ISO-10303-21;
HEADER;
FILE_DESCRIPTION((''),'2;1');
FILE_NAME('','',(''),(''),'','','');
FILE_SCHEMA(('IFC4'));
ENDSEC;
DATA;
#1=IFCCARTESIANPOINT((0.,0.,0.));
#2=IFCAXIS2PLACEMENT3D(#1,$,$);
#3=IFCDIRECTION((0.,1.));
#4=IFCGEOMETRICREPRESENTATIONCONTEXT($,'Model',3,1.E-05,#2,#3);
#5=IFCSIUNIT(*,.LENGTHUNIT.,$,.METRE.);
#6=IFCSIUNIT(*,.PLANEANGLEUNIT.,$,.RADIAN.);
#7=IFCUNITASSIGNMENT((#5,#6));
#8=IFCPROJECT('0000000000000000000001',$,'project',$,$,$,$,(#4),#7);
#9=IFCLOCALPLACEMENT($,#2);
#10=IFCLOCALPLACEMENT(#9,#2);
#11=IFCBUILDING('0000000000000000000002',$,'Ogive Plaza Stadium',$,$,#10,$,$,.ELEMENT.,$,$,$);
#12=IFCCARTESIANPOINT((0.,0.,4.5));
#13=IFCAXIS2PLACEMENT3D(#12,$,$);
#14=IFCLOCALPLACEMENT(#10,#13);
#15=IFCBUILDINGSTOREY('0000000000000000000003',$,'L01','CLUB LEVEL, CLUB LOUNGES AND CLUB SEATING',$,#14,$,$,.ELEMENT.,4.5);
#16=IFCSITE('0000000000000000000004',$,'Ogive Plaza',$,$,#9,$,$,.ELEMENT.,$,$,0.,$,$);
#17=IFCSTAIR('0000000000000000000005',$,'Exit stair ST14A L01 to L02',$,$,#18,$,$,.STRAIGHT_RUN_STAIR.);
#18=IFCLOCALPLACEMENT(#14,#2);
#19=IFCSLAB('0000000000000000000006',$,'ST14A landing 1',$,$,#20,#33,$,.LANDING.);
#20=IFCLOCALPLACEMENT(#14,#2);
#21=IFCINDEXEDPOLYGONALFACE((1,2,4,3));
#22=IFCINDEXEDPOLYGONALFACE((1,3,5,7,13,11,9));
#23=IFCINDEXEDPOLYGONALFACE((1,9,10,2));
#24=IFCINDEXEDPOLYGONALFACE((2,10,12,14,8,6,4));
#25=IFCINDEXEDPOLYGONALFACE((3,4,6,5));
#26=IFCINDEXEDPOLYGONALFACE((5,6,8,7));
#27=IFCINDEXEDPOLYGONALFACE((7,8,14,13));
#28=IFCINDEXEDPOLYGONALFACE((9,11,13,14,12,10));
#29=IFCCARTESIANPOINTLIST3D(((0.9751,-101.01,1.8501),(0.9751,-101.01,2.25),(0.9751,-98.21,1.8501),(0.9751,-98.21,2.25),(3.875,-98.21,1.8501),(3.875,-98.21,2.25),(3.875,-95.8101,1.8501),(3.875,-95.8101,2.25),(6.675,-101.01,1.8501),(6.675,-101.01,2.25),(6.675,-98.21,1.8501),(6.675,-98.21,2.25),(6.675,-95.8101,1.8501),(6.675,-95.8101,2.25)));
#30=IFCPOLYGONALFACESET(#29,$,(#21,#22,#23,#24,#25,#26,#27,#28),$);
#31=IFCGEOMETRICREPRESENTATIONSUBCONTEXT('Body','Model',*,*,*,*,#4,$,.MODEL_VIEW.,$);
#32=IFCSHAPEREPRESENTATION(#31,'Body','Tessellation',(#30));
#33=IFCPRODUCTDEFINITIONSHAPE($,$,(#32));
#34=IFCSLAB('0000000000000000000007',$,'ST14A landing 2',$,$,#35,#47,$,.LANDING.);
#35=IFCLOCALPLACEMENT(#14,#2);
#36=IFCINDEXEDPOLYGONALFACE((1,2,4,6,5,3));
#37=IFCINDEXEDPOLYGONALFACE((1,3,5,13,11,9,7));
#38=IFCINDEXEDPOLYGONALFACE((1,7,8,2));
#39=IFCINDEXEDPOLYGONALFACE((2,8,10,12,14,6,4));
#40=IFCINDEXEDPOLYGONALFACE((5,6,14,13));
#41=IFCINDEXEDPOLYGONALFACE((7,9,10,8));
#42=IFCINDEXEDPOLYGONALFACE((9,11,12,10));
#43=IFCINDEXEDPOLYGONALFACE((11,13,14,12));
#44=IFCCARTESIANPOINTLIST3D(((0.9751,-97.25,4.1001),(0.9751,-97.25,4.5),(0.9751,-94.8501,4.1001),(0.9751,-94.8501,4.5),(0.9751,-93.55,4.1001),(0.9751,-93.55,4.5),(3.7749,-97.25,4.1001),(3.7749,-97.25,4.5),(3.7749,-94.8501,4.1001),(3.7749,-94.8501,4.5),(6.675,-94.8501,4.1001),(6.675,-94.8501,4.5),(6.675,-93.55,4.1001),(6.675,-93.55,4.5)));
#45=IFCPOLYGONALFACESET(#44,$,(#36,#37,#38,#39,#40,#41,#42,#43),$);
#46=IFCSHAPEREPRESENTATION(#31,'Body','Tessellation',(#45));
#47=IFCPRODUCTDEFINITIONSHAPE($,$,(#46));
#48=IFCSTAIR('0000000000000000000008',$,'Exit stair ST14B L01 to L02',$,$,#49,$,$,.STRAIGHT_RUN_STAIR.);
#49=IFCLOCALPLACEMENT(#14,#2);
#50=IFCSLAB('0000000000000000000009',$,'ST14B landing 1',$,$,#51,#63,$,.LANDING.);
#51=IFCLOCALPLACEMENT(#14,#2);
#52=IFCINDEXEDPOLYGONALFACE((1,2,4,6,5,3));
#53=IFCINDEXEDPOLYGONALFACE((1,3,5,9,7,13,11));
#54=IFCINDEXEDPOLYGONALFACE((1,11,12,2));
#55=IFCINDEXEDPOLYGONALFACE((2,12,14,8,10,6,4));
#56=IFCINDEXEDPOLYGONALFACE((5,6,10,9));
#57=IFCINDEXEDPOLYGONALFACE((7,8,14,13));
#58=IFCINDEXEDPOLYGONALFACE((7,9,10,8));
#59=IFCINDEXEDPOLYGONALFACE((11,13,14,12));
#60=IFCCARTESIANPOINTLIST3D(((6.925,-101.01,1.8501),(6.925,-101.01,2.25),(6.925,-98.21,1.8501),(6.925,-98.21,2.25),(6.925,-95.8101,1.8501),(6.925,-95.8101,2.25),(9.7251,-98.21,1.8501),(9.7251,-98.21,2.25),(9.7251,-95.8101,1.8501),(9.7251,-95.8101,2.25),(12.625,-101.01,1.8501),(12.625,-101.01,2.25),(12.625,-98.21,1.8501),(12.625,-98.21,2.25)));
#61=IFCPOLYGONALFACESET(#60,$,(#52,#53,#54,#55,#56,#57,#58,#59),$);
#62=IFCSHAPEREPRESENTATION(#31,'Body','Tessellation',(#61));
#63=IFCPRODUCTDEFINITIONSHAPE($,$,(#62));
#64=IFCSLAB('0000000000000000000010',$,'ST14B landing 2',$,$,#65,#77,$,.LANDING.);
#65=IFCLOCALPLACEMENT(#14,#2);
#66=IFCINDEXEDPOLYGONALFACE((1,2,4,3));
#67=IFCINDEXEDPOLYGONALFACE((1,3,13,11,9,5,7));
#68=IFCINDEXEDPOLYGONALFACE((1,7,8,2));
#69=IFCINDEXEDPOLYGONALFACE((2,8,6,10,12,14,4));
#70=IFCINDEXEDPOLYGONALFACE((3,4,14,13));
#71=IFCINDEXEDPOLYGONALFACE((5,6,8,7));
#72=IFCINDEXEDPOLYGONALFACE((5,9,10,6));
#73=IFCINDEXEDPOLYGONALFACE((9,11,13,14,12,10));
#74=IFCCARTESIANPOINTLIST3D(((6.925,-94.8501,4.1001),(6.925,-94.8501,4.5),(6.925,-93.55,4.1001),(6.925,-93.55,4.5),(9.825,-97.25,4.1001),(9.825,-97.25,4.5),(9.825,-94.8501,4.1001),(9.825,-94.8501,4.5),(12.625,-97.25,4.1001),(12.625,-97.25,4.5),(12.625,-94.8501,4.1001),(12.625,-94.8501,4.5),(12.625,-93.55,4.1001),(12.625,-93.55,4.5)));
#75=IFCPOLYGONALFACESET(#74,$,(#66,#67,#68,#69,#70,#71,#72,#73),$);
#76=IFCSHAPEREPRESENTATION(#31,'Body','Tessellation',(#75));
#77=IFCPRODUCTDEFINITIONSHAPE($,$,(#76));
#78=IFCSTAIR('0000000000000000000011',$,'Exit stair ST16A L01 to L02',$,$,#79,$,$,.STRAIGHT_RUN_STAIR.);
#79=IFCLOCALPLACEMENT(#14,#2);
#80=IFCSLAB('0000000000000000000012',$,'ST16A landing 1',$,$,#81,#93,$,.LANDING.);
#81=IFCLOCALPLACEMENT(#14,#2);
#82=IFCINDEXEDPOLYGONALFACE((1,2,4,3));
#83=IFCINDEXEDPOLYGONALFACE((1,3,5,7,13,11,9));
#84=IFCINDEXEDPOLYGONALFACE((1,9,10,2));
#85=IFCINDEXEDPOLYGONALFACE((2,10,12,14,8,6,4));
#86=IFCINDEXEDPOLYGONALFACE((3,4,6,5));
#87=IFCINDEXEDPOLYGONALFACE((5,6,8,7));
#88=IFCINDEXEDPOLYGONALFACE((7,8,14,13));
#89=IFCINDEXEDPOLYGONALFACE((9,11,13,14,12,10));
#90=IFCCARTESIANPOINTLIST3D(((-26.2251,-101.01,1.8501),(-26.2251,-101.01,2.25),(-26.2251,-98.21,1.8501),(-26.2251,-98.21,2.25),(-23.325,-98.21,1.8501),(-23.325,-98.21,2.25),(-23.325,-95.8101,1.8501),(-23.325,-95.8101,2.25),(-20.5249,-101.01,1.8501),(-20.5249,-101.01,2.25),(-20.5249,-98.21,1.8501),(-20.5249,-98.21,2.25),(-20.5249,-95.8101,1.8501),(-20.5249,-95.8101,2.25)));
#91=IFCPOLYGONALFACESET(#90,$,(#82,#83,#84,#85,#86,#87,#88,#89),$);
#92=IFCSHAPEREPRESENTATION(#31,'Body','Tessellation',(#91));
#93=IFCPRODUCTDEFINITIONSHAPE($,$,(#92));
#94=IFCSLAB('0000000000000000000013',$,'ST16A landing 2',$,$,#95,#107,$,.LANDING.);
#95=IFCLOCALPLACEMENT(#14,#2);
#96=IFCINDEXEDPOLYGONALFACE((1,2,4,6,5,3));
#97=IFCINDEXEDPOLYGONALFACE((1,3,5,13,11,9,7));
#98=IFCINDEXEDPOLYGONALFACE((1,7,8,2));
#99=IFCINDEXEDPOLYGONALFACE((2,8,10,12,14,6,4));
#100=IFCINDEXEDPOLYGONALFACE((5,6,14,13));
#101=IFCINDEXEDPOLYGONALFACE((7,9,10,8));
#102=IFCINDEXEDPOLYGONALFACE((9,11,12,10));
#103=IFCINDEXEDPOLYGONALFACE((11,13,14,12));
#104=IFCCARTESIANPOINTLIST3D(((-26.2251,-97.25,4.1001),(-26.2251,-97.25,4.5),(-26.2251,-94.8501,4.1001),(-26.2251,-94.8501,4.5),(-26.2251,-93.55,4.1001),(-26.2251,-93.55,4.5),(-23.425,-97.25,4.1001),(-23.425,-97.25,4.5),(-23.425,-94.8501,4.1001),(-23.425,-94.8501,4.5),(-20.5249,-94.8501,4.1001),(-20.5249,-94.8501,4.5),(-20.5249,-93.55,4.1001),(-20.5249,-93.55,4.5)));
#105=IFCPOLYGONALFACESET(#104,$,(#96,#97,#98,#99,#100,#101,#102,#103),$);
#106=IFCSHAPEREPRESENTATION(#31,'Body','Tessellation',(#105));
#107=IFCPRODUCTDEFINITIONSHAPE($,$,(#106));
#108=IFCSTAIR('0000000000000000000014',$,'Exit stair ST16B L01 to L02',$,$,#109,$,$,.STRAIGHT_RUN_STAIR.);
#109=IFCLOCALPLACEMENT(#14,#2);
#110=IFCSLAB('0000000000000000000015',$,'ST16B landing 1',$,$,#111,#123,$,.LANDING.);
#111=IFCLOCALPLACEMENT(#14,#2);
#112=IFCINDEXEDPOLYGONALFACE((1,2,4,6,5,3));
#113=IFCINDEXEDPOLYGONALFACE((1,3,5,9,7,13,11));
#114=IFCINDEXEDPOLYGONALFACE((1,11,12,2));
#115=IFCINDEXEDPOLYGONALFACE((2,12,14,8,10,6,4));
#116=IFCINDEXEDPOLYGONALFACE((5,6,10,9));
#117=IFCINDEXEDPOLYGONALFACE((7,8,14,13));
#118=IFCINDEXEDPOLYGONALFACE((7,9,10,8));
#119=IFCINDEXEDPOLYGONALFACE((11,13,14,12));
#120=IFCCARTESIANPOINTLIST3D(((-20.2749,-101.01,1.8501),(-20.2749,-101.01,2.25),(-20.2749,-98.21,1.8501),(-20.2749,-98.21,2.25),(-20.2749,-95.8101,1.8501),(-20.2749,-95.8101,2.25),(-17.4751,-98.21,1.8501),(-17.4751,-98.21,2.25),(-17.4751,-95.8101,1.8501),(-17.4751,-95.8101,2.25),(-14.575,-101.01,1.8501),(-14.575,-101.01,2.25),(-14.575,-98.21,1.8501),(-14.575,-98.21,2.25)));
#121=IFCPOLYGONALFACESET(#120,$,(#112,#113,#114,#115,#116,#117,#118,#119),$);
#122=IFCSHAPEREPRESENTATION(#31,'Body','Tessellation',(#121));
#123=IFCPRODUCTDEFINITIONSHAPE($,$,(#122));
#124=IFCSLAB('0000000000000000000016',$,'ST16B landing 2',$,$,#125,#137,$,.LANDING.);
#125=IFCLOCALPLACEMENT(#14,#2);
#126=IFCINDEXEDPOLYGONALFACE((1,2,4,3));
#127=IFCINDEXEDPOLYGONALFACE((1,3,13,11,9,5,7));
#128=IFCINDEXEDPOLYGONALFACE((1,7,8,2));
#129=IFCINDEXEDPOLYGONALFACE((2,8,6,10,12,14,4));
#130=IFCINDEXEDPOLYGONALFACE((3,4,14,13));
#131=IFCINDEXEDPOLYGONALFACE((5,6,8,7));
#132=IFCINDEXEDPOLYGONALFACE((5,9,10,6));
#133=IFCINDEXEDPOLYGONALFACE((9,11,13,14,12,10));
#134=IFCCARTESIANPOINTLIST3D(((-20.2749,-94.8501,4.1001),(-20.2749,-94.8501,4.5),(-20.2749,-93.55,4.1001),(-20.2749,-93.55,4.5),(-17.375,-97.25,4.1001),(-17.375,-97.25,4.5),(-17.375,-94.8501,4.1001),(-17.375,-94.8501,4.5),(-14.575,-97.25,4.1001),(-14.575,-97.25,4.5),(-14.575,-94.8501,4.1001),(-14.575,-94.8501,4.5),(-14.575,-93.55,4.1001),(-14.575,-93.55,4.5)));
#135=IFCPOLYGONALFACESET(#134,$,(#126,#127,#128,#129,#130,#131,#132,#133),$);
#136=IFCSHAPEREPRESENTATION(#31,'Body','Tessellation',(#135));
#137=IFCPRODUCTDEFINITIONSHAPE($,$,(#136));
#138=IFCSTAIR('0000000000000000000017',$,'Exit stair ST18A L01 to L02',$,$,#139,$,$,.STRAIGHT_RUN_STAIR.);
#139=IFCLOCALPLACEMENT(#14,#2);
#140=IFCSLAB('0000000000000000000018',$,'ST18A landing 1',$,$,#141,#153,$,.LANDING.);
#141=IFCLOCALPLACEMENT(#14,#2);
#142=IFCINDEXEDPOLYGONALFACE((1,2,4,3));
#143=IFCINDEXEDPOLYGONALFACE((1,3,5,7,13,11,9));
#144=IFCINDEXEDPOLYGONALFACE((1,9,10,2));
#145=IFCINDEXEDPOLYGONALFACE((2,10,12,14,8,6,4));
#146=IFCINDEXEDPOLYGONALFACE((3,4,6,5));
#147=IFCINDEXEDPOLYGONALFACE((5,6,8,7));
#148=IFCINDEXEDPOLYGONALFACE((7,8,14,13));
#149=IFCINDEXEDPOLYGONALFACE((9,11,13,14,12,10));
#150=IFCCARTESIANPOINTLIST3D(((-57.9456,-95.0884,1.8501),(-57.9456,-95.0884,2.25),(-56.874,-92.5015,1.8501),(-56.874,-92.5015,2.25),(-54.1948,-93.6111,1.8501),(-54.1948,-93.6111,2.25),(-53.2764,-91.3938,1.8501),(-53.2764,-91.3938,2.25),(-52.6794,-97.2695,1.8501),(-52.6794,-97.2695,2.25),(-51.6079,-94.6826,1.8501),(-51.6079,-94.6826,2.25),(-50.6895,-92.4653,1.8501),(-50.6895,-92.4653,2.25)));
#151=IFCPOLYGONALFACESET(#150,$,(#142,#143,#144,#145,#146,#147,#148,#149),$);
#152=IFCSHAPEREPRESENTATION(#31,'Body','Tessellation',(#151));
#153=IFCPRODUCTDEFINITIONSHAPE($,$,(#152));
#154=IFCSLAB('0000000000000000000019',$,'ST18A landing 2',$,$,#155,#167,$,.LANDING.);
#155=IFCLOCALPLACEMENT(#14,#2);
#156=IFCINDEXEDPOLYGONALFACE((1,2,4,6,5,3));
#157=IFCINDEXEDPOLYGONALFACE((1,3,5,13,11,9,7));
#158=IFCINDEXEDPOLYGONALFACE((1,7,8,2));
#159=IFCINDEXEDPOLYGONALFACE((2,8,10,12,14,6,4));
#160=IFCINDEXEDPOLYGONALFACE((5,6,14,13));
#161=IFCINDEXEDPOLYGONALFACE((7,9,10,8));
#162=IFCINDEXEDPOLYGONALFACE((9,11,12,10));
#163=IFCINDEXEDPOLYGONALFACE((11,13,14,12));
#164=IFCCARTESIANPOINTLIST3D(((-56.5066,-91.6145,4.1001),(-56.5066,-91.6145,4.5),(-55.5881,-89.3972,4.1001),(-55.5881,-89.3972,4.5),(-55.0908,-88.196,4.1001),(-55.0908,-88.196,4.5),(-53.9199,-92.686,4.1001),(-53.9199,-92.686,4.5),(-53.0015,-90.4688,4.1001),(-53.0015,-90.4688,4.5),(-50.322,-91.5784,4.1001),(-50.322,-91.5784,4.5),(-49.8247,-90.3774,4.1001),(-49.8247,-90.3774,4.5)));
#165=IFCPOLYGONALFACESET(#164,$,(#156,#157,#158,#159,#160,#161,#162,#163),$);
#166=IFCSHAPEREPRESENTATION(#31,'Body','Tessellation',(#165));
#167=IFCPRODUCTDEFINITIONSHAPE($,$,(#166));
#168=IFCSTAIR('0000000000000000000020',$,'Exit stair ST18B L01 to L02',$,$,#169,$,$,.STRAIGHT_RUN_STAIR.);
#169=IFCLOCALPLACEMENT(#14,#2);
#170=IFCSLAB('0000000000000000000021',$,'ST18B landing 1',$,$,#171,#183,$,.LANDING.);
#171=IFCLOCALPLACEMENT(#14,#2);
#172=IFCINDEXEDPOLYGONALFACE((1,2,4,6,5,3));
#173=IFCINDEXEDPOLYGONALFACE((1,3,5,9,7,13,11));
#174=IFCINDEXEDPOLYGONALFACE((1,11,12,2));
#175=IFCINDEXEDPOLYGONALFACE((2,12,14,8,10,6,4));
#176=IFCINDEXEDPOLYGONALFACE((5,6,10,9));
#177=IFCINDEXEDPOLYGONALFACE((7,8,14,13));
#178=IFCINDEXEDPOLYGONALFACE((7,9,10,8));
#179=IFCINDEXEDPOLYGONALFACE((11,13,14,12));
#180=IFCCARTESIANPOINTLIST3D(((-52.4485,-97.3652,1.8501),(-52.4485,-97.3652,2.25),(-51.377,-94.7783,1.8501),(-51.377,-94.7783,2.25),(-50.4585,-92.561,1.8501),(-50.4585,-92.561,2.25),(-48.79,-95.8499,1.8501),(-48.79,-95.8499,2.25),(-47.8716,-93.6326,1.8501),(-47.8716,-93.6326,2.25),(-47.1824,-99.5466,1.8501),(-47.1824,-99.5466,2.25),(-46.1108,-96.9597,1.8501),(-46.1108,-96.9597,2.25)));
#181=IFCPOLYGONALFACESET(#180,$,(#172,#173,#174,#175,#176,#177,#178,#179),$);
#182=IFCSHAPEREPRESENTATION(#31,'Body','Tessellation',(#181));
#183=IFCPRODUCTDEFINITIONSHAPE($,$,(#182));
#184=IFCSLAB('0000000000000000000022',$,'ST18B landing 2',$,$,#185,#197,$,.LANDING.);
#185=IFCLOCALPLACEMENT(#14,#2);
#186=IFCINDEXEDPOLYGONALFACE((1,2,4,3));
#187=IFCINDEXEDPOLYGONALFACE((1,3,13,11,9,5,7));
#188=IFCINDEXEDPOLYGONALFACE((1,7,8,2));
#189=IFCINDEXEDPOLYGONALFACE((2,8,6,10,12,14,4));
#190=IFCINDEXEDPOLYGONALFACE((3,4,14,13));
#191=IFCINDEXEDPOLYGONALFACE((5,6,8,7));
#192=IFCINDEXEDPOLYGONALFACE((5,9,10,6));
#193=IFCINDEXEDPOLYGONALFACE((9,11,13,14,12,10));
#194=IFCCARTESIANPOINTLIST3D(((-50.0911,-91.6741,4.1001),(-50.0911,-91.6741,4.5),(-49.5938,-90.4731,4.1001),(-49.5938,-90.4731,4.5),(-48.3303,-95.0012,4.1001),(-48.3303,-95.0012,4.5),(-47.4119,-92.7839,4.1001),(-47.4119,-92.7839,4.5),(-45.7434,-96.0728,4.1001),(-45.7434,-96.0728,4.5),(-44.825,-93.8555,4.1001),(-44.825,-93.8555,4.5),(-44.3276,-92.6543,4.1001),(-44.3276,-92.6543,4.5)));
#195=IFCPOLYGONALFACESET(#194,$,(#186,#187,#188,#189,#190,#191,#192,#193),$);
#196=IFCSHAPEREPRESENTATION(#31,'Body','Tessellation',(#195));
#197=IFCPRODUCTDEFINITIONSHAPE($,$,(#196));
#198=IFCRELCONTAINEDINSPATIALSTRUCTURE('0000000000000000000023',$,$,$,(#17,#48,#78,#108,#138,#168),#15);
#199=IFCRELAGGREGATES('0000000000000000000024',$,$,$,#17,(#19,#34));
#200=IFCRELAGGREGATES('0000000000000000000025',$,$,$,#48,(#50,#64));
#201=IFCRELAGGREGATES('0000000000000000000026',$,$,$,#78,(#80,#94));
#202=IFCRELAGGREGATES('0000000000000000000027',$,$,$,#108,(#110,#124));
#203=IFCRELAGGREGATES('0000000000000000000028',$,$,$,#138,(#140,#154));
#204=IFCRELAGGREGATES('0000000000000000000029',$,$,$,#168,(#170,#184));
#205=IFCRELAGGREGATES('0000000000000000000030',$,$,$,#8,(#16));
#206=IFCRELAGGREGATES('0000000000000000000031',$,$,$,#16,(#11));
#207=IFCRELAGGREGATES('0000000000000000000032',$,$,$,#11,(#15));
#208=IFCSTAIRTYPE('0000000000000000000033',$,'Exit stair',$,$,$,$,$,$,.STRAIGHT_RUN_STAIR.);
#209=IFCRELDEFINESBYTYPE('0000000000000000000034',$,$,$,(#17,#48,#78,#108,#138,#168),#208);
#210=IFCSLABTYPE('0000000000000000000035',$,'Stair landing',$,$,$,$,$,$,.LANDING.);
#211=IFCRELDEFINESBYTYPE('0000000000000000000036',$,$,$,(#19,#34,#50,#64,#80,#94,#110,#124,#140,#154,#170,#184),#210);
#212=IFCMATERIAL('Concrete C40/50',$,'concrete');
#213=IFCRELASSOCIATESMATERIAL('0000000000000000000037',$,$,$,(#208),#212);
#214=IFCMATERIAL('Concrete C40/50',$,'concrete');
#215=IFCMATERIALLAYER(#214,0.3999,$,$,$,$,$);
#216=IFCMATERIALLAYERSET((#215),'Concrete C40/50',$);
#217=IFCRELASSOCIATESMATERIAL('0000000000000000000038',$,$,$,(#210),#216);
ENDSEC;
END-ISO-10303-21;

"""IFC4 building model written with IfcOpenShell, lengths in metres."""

from ifc_helpers import new_model, si_unit, direction, frame, origin, place, context, subcontext, project, spatial, polyline, outline, extrude, material, layer, layer_set, type_object, element, aggregate, save


model = new_model("IFC4")

# Units and contexts
model_context = context("Model", 3, precision=1e-05, world=origin(), true_north=direction((0.0, 1.0)))
body_context = subcontext(model_context, "Body", "Model", "MODEL_VIEW")
ifc_project = project(units=[si_unit("LENGTHUNIT", "METRE"), si_unit("PLANEANGLEUNIT", "RADIAN")], contexts=[model_context])

# Site, building, storey
site_placement = place(None, origin())
site = spatial("IfcSite", under=ifc_project, at=site_placement, Name="Ogive Plaza", CompositionType="ELEMENT", RefElevation=0.0)
building_placement = place(site_placement, origin())
building = spatial("IfcBuilding", under=site, at=building_placement, Name="Ogive Plaza Stadium", CompositionType="ELEMENT")
storey_placement = place(building_placement, frame((0.0, 0.0, 4.5)))
storey = spatial("IfcBuildingStorey", under=building, at=storey_placement, Name="L01", Description="CLUB LEVEL, CLUB LOUNGES AND CLUB SEATING", CompositionType="ELEMENT", Elevation=4.5)

# Stairs, slabs
ifc_material_1 = material(Name="Concrete C40/50", Category="concrete")
stair_type = type_object("IfcStairType", Name="Exit stair", PredefinedType="STRAIGHT_RUN_STAIR", material=ifc_material_1)
ifc_material_2 = material(Name="Concrete C40/50", Category="concrete")
ifc_layer = layer(ifc_material_2, 0.3999)
ifc_layer_set = layer_set([ifc_layer], Name="Concrete C40/50")
slab_type = type_object("IfcSlabType", Name="Stair landing", PredefinedType="LANDING", material=ifc_layer_set)
stair_1_placement = place(storey_placement, origin())
stair_1 = element("IfcStair", 1, at=stair_1_placement, inside=storey, type_object=stair_type, Name="Exit stair ST14A L01 to L02", PredefinedType="STRAIGHT_RUN_STAIR")
slab_1_placement = place(storey_placement, frame((0.0, 0.0, 1.8501)))
slab_1 = element("IfcSlab", 2, at=slab_1_placement, type_object=slab_type, Name="ST14A landing 1", PredefinedType="LANDING", context=body_context, shape_type="SweptSolid", body=[
    extrude(outline(polyline([(6.675, -101.01), (0.9751, -101.01), (0.9751, -98.21), (3.875, -98.21), (3.875, -95.8101), (6.675, -95.8101), (6.675, -98.21), (6.675, -101.01)])), origin(), (0.0, 0.0, 1.0), 0.3999),
])
slab_2_placement = place(storey_placement, frame((0.0, 0.0, 4.1001)))
slab_2 = element("IfcSlab", 3, at=slab_2_placement, type_object=slab_type, Name="ST14A landing 2", PredefinedType="LANDING", context=body_context, shape_type="SweptSolid", body=[
    extrude(outline(polyline([(3.7749, -97.25), (0.9751, -97.25), (0.9751, -94.8501), (0.9751, -93.55), (6.675, -93.55), (6.675, -94.8501), (3.7749, -94.8501), (3.7749, -97.25)])), origin(), (0.0, 0.0, 1.0), 0.3999),
])
aggregate(stair_1, [slab_1, slab_2])
stair_2_placement = place(storey_placement, origin())
stair_2 = element("IfcStair", 4, at=stair_2_placement, inside=storey, type_object=stair_type, Name="Exit stair ST14B L01 to L02", PredefinedType="STRAIGHT_RUN_STAIR")
slab_3_placement = place(storey_placement, frame((0.0, 0.0, 1.8501)))
slab_3 = element("IfcSlab", 5, at=slab_3_placement, type_object=slab_type, Name="ST14B landing 1", PredefinedType="LANDING", context=body_context, shape_type="SweptSolid", body=[
    extrude(outline(polyline([(6.925, -95.8101), (9.7251, -95.8101), (9.7251, -98.21), (12.625, -98.21), (12.625, -101.01), (6.925, -101.01), (6.925, -98.21), (6.925, -95.8101)])), origin(), (0.0, 0.0, 1.0), 0.3999),
])
slab_4_placement = place(storey_placement, frame((0.0, 0.0, 4.1001)))
slab_4 = element("IfcSlab", 6, at=slab_4_placement, type_object=slab_type, Name="ST14B landing 2", PredefinedType="LANDING", context=body_context, shape_type="SweptSolid", body=[
    extrude(outline(polyline([(6.925, -94.8501), (6.925, -93.55), (12.625, -93.55), (12.625, -94.8501), (12.625, -97.25), (9.825, -97.25), (9.825, -94.8501), (6.925, -94.8501)])), origin(), (0.0, 0.0, 1.0), 0.3999),
])
aggregate(stair_2, [slab_3, slab_4])
stair_3_placement = place(storey_placement, origin())
stair_3 = element("IfcStair", 7, at=stair_3_placement, inside=storey, type_object=stair_type, Name="Exit stair ST16A L01 to L02", PredefinedType="STRAIGHT_RUN_STAIR")
slab_5_placement = place(storey_placement, frame((0.0, 0.0, 1.8501)))
slab_5 = element("IfcSlab", 8, at=slab_5_placement, type_object=slab_type, Name="ST16A landing 1", PredefinedType="LANDING", context=body_context, shape_type="SweptSolid", body=[
    extrude(outline(polyline([(-20.5249, -101.01), (-26.2251, -101.01), (-26.2251, -98.21), (-23.325, -98.21), (-23.325, -95.8101), (-20.5249, -95.8101), (-20.5249, -98.21), (-20.5249, -101.01)])), origin(), (0.0, 0.0, 1.0), 0.3999),
])
slab_6_placement = place(storey_placement, frame((0.0, 0.0, 4.1001)))
slab_6 = element("IfcSlab", 9, at=slab_6_placement, type_object=slab_type, Name="ST16A landing 2", PredefinedType="LANDING", context=body_context, shape_type="SweptSolid", body=[
    extrude(outline(polyline([(-23.425, -97.25), (-26.2251, -97.25), (-26.2251, -94.8501), (-26.2251, -93.55), (-20.5249, -93.55), (-20.5249, -94.8501), (-23.425, -94.8501), (-23.425, -97.25)])), origin(), (0.0, 0.0, 1.0), 0.3999),
])
aggregate(stair_3, [slab_5, slab_6])
stair_4_placement = place(storey_placement, origin())
stair_4 = element("IfcStair", 10, at=stair_4_placement, inside=storey, type_object=stair_type, Name="Exit stair ST16B L01 to L02", PredefinedType="STRAIGHT_RUN_STAIR")
slab_7_placement = place(storey_placement, frame((0.0, 0.0, 1.8501)))
slab_7 = element("IfcSlab", 11, at=slab_7_placement, type_object=slab_type, Name="ST16B landing 1", PredefinedType="LANDING", context=body_context, shape_type="SweptSolid", body=[
    extrude(outline(polyline([(-20.2749, -95.8101), (-17.4751, -95.8101), (-17.4751, -98.21), (-14.575, -98.21), (-14.575, -101.01), (-20.2749, -101.01), (-20.2749, -98.21), (-20.2749, -95.8101)])), origin(), (0.0, 0.0, 1.0), 0.3999),
])
slab_8_placement = place(storey_placement, frame((0.0, 0.0, 4.1001)))
slab_8 = element("IfcSlab", 12, at=slab_8_placement, type_object=slab_type, Name="ST16B landing 2", PredefinedType="LANDING", context=body_context, shape_type="SweptSolid", body=[
    extrude(outline(polyline([(-20.2749, -94.8501), (-20.2749, -93.55), (-14.575, -93.55), (-14.575, -94.8501), (-14.575, -97.25), (-17.375, -97.25), (-17.375, -94.8501), (-20.2749, -94.8501)])), origin(), (0.0, 0.0, 1.0), 0.3999),
])
aggregate(stair_4, [slab_7, slab_8])
stair_5_placement = place(storey_placement, origin())
stair_5 = element("IfcStair", 13, at=stair_5_placement, inside=storey, type_object=stair_type, Name="Exit stair ST18A L01 to L02", PredefinedType="STRAIGHT_RUN_STAIR")
slab_9_placement = place(storey_placement, frame((0.0, 0.0, 1.8501)))
slab_9 = element("IfcSlab", 14, at=slab_9_placement, type_object=slab_type, Name="ST18A landing 1", PredefinedType="LANDING", context=body_context, shape_type="SweptSolid", body=[
    extrude(outline(polyline([(-52.6794, -97.2695), (-57.9456, -95.0884), (-56.874, -92.5015), (-54.1948, -93.6111), (-53.2764, -91.3938), (-50.6895, -92.4653), (-51.6079, -94.6826), (-52.6794, -97.2695)])), origin(), (0.0, 0.0, 1.0), 0.3999),
])
slab_10_placement = place(storey_placement, frame((0.0, 0.0, 4.1001)))
slab_10 = element("IfcSlab", 15, at=slab_10_placement, type_object=slab_type, Name="ST18A landing 2", PredefinedType="LANDING", context=body_context, shape_type="SweptSolid", body=[
    extrude(outline(polyline([(-53.9199, -92.686), (-56.5066, -91.6145), (-55.5881, -89.3972), (-55.0908, -88.196), (-49.8247, -90.3774), (-50.322, -91.5784), (-53.0015, -90.4688), (-53.9199, -92.686)])), origin(), (0.0, 0.0, 1.0), 0.3999),
])
aggregate(stair_5, [slab_9, slab_10])
stair_6_placement = place(storey_placement, origin())
stair_6 = element("IfcStair", 16, at=stair_6_placement, inside=storey, type_object=stair_type, Name="Exit stair ST18B L01 to L02", PredefinedType="STRAIGHT_RUN_STAIR")
slab_11_placement = place(storey_placement, frame((0.0, 0.0, 1.8501)))
slab_11 = element("IfcSlab", 17, at=slab_11_placement, type_object=slab_type, Name="ST18B landing 1", PredefinedType="LANDING", context=body_context, shape_type="SweptSolid", body=[
    extrude(outline(polyline([(-50.4585, -92.561), (-47.8716, -93.6326), (-48.79, -95.8499), (-46.1108, -96.9597), (-47.1824, -99.5466), (-52.4485, -97.3652), (-51.377, -94.7783), (-50.4585, -92.561)])), origin(), (0.0, 0.0, 1.0), 0.3999),
])
slab_12_placement = place(storey_placement, frame((0.0, 0.0, 4.1001)))
slab_12 = element("IfcSlab", 18, at=slab_12_placement, type_object=slab_type, Name="ST18B landing 2", PredefinedType="LANDING", context=body_context, shape_type="SweptSolid", body=[
    extrude(outline(polyline([(-50.0911, -91.6741), (-49.5938, -90.4731), (-44.3276, -92.6543), (-44.825, -93.8555), (-45.7434, -96.0728), (-48.3303, -95.0012), (-47.4119, -92.7839), (-50.0911, -91.6741)])), origin(), (0.0, 0.0, 1.0), 0.3999),
])
aggregate(stair_6, [slab_11, slab_12])

save(model, "model.ifc")
